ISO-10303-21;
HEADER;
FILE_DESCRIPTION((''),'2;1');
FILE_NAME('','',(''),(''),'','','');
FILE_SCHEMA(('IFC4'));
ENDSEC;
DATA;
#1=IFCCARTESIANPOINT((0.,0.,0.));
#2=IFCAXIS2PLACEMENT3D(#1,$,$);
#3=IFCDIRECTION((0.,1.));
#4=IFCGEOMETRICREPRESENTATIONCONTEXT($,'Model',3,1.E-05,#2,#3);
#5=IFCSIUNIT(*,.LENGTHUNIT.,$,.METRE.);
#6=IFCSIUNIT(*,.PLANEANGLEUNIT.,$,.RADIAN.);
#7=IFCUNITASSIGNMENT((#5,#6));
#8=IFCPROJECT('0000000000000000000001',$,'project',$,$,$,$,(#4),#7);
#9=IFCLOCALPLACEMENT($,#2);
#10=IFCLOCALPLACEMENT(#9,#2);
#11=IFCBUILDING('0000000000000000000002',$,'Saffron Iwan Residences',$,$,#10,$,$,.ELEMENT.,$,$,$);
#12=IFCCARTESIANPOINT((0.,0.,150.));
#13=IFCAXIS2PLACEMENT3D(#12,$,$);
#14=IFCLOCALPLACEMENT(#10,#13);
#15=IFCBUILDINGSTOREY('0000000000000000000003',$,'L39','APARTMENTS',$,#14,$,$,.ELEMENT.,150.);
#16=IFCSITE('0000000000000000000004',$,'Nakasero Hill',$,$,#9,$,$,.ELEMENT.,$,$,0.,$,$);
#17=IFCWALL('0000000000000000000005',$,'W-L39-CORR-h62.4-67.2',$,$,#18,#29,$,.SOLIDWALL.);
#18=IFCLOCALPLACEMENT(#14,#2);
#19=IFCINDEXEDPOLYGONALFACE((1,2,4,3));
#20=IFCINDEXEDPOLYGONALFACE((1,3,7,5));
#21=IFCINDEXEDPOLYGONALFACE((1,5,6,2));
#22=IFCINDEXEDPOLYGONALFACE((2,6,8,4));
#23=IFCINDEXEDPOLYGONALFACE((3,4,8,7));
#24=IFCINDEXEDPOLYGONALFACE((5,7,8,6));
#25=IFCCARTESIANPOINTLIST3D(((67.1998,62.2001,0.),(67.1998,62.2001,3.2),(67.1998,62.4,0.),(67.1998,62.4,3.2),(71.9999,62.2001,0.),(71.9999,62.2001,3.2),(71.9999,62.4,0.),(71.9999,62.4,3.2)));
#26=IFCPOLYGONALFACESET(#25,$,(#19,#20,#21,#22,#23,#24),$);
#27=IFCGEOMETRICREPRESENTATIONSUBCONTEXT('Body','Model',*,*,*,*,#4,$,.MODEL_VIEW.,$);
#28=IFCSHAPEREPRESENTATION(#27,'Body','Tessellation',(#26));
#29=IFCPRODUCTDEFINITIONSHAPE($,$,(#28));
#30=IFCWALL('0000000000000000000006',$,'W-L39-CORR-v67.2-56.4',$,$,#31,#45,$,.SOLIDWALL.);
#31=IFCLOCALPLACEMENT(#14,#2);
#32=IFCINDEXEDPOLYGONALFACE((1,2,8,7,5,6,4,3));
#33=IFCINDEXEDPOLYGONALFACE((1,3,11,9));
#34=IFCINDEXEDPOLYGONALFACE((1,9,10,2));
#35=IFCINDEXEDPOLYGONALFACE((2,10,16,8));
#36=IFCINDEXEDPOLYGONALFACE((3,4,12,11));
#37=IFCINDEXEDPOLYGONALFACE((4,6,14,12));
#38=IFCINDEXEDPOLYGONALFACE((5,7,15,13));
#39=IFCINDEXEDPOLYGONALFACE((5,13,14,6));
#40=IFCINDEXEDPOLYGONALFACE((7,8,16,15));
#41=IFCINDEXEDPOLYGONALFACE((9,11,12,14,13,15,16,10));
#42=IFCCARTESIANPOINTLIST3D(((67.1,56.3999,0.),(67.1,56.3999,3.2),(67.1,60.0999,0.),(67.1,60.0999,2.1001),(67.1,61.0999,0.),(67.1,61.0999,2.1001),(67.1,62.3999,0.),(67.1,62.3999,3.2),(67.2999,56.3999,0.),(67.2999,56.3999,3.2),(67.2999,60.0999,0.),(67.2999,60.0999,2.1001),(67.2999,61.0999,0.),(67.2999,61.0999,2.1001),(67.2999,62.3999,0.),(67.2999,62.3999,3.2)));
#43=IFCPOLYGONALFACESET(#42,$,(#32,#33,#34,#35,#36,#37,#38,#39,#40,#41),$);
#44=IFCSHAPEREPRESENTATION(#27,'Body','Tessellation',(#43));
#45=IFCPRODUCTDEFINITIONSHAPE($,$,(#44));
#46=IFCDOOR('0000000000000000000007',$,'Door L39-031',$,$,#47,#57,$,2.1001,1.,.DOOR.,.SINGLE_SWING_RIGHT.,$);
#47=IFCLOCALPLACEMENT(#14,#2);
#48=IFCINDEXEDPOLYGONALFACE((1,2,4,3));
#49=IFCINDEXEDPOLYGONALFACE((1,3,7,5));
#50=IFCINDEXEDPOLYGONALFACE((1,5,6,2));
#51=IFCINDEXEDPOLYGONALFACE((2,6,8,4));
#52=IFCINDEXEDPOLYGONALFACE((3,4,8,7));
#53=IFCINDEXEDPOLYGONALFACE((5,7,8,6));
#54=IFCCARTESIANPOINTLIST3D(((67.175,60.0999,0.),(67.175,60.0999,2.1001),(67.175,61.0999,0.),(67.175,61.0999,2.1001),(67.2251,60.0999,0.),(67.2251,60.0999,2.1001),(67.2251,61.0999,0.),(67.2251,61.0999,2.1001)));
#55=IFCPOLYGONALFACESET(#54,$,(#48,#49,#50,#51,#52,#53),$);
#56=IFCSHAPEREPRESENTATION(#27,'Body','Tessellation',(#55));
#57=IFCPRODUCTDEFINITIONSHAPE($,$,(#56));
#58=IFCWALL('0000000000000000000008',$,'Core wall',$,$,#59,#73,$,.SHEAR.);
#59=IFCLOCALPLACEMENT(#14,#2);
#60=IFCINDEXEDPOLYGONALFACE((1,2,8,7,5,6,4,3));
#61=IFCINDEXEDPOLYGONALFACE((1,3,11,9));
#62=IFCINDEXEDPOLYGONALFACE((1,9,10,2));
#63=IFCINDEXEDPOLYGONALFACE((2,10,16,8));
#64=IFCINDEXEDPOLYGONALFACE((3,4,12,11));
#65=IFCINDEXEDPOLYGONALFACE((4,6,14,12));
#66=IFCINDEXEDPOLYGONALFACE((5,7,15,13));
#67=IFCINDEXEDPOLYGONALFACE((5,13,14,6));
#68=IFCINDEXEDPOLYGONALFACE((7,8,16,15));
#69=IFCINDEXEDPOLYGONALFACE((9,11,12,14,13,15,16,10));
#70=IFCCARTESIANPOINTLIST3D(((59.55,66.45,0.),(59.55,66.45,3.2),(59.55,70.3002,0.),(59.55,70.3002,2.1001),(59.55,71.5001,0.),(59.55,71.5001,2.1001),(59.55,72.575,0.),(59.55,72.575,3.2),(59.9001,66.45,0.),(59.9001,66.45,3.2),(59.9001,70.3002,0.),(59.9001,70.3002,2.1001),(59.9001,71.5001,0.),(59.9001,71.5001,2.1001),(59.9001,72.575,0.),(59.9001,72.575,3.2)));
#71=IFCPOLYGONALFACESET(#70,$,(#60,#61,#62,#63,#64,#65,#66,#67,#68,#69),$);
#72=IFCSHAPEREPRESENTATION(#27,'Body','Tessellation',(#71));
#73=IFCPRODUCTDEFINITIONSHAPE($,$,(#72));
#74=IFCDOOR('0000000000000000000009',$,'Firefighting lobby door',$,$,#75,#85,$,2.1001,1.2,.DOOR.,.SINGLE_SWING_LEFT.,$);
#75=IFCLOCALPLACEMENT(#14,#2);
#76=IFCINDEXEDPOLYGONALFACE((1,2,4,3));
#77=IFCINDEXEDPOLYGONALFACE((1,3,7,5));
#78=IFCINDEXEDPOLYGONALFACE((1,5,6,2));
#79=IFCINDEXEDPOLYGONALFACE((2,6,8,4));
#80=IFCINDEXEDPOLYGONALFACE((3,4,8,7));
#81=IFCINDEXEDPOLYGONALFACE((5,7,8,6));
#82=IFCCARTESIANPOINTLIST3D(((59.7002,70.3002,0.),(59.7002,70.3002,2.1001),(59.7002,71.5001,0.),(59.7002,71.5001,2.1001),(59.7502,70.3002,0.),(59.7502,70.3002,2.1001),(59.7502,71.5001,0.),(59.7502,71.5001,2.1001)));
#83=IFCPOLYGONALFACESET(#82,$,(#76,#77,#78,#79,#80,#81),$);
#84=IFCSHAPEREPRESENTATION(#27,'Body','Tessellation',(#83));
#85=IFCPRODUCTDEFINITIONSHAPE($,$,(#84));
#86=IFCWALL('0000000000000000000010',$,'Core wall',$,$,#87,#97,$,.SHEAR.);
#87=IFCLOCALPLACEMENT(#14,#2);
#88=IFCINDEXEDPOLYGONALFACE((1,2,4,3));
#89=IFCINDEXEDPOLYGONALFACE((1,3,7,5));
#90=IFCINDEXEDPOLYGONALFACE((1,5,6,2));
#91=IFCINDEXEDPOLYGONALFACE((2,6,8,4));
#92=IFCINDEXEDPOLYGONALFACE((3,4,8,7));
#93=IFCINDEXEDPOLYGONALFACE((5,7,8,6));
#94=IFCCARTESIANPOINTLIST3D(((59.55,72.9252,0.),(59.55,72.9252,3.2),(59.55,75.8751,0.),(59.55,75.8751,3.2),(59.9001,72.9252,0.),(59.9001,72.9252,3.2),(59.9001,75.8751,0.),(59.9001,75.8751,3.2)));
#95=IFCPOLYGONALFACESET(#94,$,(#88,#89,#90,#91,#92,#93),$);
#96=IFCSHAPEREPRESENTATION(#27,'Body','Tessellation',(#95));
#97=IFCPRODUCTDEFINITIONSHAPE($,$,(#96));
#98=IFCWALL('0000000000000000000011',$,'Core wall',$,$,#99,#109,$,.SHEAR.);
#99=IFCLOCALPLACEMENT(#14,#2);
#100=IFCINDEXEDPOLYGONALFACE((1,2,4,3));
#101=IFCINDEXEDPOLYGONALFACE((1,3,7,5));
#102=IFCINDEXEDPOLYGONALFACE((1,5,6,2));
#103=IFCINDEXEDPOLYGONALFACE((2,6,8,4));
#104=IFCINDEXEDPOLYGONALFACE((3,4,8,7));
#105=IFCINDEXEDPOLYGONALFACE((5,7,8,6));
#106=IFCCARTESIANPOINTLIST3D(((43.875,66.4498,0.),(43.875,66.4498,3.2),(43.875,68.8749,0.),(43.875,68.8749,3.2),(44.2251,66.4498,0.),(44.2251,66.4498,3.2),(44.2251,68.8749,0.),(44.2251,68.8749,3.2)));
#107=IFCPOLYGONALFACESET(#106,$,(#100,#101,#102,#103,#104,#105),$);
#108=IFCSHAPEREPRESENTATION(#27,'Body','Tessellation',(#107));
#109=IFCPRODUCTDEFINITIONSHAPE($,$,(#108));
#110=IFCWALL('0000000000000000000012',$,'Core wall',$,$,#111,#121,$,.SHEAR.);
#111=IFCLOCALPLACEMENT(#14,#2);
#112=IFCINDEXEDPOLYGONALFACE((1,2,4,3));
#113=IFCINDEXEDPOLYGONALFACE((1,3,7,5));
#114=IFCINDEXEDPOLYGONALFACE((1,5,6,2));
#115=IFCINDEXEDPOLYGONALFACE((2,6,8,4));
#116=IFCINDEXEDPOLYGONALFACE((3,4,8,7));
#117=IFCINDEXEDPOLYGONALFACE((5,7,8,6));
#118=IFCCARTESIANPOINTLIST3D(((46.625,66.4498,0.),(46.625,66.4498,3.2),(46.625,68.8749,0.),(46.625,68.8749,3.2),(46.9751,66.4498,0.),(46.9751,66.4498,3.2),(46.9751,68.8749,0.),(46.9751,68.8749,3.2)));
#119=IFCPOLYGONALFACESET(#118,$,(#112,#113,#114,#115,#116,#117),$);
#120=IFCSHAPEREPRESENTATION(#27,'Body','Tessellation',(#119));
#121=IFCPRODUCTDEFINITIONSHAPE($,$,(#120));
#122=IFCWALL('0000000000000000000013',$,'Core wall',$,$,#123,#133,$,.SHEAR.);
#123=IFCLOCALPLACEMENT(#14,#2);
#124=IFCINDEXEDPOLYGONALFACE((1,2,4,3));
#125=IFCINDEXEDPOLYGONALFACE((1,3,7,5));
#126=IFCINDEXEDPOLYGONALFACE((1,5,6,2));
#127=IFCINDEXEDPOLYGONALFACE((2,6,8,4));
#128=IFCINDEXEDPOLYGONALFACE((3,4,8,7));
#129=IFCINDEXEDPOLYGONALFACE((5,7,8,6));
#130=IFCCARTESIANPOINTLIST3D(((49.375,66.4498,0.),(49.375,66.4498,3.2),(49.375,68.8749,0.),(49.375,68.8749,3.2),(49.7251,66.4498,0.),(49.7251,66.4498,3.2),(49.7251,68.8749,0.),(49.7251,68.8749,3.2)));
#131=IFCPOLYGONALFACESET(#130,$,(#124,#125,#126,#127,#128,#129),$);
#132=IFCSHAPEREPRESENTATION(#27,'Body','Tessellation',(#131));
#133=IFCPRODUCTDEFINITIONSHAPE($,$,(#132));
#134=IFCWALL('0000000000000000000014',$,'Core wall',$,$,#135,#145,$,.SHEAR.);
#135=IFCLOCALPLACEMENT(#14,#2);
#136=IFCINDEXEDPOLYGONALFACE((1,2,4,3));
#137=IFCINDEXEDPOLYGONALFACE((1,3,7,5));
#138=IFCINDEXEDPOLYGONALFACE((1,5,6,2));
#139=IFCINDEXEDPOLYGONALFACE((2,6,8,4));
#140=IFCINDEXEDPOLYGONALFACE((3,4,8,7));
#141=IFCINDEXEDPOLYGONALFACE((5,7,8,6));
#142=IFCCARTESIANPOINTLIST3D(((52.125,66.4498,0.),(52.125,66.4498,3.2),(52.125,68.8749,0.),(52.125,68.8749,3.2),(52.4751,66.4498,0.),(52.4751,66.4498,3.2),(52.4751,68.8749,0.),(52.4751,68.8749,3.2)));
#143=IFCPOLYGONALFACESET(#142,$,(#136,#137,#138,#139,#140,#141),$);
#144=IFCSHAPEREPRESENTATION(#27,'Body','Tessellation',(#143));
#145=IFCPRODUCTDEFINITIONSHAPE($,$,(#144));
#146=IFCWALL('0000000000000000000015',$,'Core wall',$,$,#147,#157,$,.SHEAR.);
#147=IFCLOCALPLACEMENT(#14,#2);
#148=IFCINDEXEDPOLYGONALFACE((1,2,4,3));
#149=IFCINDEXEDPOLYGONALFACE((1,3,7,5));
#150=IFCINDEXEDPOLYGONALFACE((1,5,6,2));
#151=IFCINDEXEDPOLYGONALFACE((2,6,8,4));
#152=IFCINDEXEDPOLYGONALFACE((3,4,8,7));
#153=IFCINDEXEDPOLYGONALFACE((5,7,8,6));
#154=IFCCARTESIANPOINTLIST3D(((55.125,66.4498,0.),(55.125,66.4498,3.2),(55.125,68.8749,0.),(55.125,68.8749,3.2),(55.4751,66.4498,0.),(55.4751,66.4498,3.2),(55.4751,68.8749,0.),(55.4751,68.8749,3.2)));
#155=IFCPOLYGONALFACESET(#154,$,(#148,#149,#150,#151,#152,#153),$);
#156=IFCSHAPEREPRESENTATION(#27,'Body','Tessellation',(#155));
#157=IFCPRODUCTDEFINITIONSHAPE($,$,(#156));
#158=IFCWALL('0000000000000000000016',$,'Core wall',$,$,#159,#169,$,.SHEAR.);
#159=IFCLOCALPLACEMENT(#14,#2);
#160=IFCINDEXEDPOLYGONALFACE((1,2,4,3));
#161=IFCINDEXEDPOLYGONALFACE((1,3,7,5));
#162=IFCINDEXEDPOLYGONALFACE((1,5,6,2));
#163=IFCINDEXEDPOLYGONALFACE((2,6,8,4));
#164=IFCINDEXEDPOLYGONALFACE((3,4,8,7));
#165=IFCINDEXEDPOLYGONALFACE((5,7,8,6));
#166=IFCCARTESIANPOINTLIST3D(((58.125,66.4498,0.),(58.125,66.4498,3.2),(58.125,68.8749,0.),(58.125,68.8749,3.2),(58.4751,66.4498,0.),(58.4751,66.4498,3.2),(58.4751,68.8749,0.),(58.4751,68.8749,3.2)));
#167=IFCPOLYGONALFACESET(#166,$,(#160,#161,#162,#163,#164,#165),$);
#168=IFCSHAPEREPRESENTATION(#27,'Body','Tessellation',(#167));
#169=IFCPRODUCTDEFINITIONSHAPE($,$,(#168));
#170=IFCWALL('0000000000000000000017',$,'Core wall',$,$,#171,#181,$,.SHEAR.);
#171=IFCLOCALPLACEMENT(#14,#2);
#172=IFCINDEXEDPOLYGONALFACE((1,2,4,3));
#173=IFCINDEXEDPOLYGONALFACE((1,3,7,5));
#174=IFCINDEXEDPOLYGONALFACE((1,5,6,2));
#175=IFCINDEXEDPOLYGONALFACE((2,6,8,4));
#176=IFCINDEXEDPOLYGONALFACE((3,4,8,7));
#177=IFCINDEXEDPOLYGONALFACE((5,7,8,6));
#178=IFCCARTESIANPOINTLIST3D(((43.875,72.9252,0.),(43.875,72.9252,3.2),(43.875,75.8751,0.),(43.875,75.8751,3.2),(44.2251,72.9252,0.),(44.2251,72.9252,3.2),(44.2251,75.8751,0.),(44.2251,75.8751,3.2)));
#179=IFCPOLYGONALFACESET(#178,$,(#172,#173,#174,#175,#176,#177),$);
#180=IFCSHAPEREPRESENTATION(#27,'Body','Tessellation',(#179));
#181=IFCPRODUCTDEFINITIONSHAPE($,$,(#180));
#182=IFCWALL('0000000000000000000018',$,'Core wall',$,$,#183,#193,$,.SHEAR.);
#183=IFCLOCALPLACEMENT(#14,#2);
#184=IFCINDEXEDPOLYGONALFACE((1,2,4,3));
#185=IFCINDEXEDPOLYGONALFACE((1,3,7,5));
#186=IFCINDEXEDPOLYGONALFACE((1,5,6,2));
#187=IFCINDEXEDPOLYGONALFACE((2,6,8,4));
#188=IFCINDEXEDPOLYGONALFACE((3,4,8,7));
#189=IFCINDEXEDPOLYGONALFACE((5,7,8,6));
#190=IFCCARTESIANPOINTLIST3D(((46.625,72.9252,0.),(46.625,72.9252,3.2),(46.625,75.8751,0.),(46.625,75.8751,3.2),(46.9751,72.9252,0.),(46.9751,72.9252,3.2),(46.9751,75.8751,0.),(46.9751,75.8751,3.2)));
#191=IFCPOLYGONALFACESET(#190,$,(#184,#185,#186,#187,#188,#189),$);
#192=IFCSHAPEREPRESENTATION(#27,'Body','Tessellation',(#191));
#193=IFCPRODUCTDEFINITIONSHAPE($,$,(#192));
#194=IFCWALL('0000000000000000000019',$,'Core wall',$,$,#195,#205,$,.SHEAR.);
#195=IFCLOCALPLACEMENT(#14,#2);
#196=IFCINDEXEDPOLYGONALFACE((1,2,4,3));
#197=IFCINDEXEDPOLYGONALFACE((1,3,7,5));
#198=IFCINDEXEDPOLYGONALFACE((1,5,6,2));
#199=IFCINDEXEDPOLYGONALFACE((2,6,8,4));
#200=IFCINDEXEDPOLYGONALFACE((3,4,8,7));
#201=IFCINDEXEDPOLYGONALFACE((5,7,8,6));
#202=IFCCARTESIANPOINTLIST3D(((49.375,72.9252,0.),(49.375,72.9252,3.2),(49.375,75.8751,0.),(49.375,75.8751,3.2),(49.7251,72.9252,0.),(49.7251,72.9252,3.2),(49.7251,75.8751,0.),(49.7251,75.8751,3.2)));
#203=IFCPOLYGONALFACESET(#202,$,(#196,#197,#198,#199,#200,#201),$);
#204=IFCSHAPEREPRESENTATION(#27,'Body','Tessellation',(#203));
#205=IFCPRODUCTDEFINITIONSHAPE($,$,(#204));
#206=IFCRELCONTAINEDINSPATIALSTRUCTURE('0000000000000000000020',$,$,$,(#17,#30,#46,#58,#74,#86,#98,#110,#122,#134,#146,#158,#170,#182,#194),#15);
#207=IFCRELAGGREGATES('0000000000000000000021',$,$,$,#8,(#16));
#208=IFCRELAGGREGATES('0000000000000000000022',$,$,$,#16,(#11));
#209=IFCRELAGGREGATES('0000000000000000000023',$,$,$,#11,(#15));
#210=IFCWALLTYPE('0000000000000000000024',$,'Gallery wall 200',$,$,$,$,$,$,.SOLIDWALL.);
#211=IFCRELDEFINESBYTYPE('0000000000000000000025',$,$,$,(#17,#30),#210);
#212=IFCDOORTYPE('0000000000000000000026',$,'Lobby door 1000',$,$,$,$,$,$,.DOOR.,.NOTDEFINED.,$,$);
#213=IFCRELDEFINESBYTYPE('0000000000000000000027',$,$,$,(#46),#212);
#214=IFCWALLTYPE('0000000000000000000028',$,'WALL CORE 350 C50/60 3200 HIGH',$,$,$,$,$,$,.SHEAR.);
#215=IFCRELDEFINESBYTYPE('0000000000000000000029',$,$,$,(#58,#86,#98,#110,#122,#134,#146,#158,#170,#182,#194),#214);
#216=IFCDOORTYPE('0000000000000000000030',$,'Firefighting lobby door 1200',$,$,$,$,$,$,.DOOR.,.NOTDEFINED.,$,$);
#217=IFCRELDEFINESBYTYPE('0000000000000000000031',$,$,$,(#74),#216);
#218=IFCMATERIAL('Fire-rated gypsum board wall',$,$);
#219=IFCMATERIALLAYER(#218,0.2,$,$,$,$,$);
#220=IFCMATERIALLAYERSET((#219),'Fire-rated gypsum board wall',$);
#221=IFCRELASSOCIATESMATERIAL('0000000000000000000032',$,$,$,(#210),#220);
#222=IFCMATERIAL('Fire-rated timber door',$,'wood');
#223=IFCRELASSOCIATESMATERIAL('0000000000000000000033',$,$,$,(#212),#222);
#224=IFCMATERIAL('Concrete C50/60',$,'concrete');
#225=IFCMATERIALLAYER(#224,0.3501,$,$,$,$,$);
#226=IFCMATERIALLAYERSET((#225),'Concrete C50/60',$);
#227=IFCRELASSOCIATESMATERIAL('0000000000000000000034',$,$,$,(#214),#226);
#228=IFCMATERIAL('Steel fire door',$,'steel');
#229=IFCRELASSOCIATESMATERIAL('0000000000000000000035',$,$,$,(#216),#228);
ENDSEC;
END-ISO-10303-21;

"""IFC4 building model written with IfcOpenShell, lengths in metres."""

from ifc_helpers import new_model, si_unit, direction, frame, frame_2d, origin, place, context, subcontext, project, spatial, rectangle, extrude, material, layer, layer_set, type_object, element, fill, save


model = new_model("IFC4")

# Units and contexts
model_context = context("Model", 3, precision=1e-05, world=origin(), true_north=direction((0.0, 1.0)))
body_context = subcontext(model_context, "Body", "Model", "MODEL_VIEW")
ifc_project = project(units=[si_unit("LENGTHUNIT", "METRE"), si_unit("PLANEANGLEUNIT", "RADIAN")], contexts=[model_context])

# Site, building, storey
site_placement = place(None, origin())
site = spatial("IfcSite", under=ifc_project, at=site_placement, Name="Nakasero Hill", CompositionType="ELEMENT", RefElevation=0.0)
building_placement = place(site_placement, origin())
building = spatial("IfcBuilding", under=site, at=building_placement, Name="Saffron Iwan Residences", CompositionType="ELEMENT")
storey_placement = place(building_placement, frame((0.0, 0.0, 150.0)))
storey = spatial("IfcBuildingStorey", under=building, at=storey_placement, Name="L39", Description="APARTMENTS", CompositionType="ELEMENT", Elevation=150.0)

# Shared definitions
ifc_material_1 = material(Name="Concrete C50/60", Category="concrete")

# Shared definitions
ifc_material_2 = material(Name="Steel fire door", Category="steel")

# Wall
ifc_material_3 = material(Name="Fire-rated gypsum board wall")
ifc_layer_1 = layer(ifc_material_3, 0.2)
ifc_layer_set_1 = layer_set([ifc_layer_1], Name="Fire-rated gypsum board wall")
wall_type_1 = type_object("IfcWallType", Name="Gallery wall 200", PredefinedType="SOLIDWALL", material=ifc_layer_set_1)
wall_1_placement = place(storey_placement, frame((67.2, 62.3, 0.0), z_axis=(0.0, 0.0, 1.0), x_axis=(1.0, 0.0, 0.0)))
element("IfcWall", 1, at=wall_1_placement, inside=storey, type_object=wall_type_1, Name="W-L39-CORR-h62.4-67.2", PredefinedType="SOLIDWALL", context=body_context, shape_type="SweptSolid", body=[
    extrude(rectangle(XDim=4.8, YDim=0.2, at=frame_2d((2.3999, 0.0))), origin(), (0.0, 0.0, 1.0), 3.2),
])

# Walls, openings, doors
wall_2_placement = place(storey_placement, frame((67.2, 56.3999, 0.0), z_axis=(0.0, 0.0, 1.0), x_axis=(0.0, 1.0, 0.0)))
wall_2 = element("IfcWall", 2, at=wall_2_placement, inside=storey, type_object=wall_type_1, Name="W-L39-CORR-v67.2-56.4", PredefinedType="SOLIDWALL", context=body_context, shape_type="SweptSolid", body=[
    extrude(rectangle(XDim=6.0, YDim=0.2, at=frame_2d((3.0, 0.0))), origin(), (0.0, 0.0, 1.0), 3.2),
])
opening_1_placement = place(wall_2_placement, frame((3.7, 0.0, 0.0)))
opening_1 = element("IfcOpeningElement", 3, at=opening_1_placement, cuts=wall_2, PredefinedType="OPENING", context=body_context, shape_type="SweptSolid", body=[
    extrude(rectangle(XDim=1.0, YDim=2.1001, at=frame_2d((0.5, 1.05))), frame((0.0, 0.1099, 0.0), z_axis=(0.0, -1.0, 0.0), x_axis=(1.0, 0.0, 0.0)), (0.0, 0.0, 1.0), 0.22),
])
ifc_material_4 = material(Name="Fire-rated timber door", Category="wood")
door_type_1 = type_object("IfcDoorType", Name="Lobby door 1000", OperationType="NOTDEFINED", PredefinedType="DOOR", material=ifc_material_4)
door_1_placement = place(opening_1_placement, origin())
door_1 = element("IfcDoor", 4, at=door_1_placement, inside=storey, type_object=door_type_1, Name="Door L39-031", OperationType="SINGLE_SWING_RIGHT", OverallHeight=2.1001, OverallWidth=1.0, PredefinedType="DOOR", context=body_context, shape_type="SweptSolid", body=[
    extrude(rectangle(XDim=1.0, YDim=2.1001, at=frame_2d((0.5, 1.05))), frame((0.0, 0.0249, 0.0), z_axis=(0.0, -1.0, 0.0), x_axis=(1.0, 0.0, 0.0)), (0.0, 0.0, 1.0), 0.05),
])
fill(opening_1, door_1)
ifc_layer_2 = layer(ifc_material_1, 0.3501)
ifc_layer_set_2 = layer_set([ifc_layer_2], Name="Concrete C50/60")
wall_type_2 = type_object("IfcWallType", Name="WALL CORE 350 C50/60 3200 HIGH", PredefinedType="SHEAR", material=ifc_layer_set_2)
wall_3_placement = place(storey_placement, frame((59.7251, 66.45, 0.0), z_axis=(0.0, 0.0, 1.0), x_axis=(0.0, 1.0, 0.0)))
wall_3 = element("IfcWall", 5, at=wall_3_placement, inside=storey, type_object=wall_type_2, Name="Core wall", PredefinedType="SHEAR", context=body_context, shape_type="SweptSolid", body=[
    extrude(rectangle(XDim=6.125, YDim=0.3501, at=frame_2d((3.0625, 0.0))), origin(), (0.0, 0.0, 1.0), 3.2),
])
opening_2_placement = place(wall_3_placement, frame((3.8501, 0.0, 0.0)))
opening_2 = element("IfcOpeningElement", 6, at=opening_2_placement, cuts=wall_3, PredefinedType="OPENING", context=body_context, shape_type="SweptSolid", body=[
    extrude(rectangle(XDim=1.2, YDim=2.1001, at=frame_2d((0.6001, 1.05))), frame((0.0, 0.1851, 0.0), z_axis=(0.0, -1.0, 0.0), x_axis=(1.0, 0.0, 0.0)), (0.0, 0.0, 1.0), 0.3701),
])
door_type_2 = type_object("IfcDoorType", Name="Firefighting lobby door 1200", OperationType="NOTDEFINED", PredefinedType="DOOR", material=ifc_material_2)
door_2_placement = place(opening_2_placement, origin())
door_2 = element("IfcDoor", 7, at=door_2_placement, inside=storey, type_object=door_type_2, Name="Firefighting lobby door", OperationType="SINGLE_SWING_LEFT", OverallHeight=2.1001, OverallWidth=1.2, PredefinedType="DOOR", context=body_context, shape_type="SweptSolid", body=[
    extrude(rectangle(XDim=1.2, YDim=2.1001, at=frame_2d((0.6001, 1.05))), frame((0.0, 0.0249, 0.0), z_axis=(0.0, -1.0, 0.0), x_axis=(1.0, 0.0, 0.0)), (0.0, 0.0, 1.0), 0.05),
])
fill(opening_2, door_2)

# Walls
wall_4_placement = place(storey_placement, frame((59.7251, 72.925, 0.0), z_axis=(0.0, 0.0, 1.0), x_axis=(0.0, 1.0, 0.0)))
element("IfcWall", 8, at=wall_4_placement, inside=storey, type_object=wall_type_2, Name="Core wall", PredefinedType="SHEAR", context=body_context, shape_type="SweptSolid", body=[
    extrude(rectangle(XDim=2.95, YDim=0.3501, at=frame_2d((1.4751, 0.0))), origin(), (0.0, 0.0, 1.0), 3.2),
])
for number, where, z_axis, x_axis, name in (
    (9, (44.05, 66.45, 0.0), (0.0, 0.0, 1.0), (0.0, 1.0, 0.0), "Core wall"),
    (10, (46.8, 66.45, 0.0), (0.0, 0.0, 1.0), (0.0, 1.0, 0.0), "Core wall"),
    (11, (49.55, 66.45, 0.0), (0.0, 0.0, 1.0), (0.0, 1.0, 0.0), "Core wall"),
    (12, (52.3, 66.45, 0.0), (0.0, 0.0, 1.0), (0.0, 1.0, 0.0), "Core wall"),
    (13, (55.3, 66.45, 0.0), (0.0, 0.0, 1.0), (0.0, 1.0, 0.0), "Core wall"),
    (14, (58.3, 66.45, 0.0), (0.0, 0.0, 1.0), (0.0, 1.0, 0.0), "Core wall"),
):
    element("IfcWall", number, at=place(storey_placement, frame(where, z_axis=z_axis, x_axis=x_axis)), inside=storey, type_object=wall_type_2, Name=name, PredefinedType="SHEAR", context=body_context, shape_type="SweptSolid", body=[
        extrude(rectangle(XDim=2.425, YDim=0.3501, at=frame_2d((1.2124, 0.0))), origin(), (0.0, 0.0, 1.0), 3.2),
    ])
for number, where, z_axis, x_axis, name in (
    (15, (44.05, 72.925, 0.0), (0.0, 0.0, 1.0), (0.0, 1.0, 0.0), "Core wall"),
    (16, (46.8, 72.925, 0.0), (0.0, 0.0, 1.0), (0.0, 1.0, 0.0), "Core wall"),
    (17, (49.55, 72.925, 0.0), (0.0, 0.0, 1.0), (0.0, 1.0, 0.0), "Core wall"),
):
    element("IfcWall", number, at=place(storey_placement, frame(where, z_axis=z_axis, x_axis=x_axis)), inside=storey, type_object=wall_type_2, Name=name, PredefinedType="SHEAR", context=body_context, shape_type="SweptSolid", body=[
        extrude(rectangle(XDim=2.95, YDim=0.3501, at=frame_2d((1.4751, 0.0))), origin(), (0.0, 0.0, 1.0), 3.2),
    ])

save(model, "model.ifc")
